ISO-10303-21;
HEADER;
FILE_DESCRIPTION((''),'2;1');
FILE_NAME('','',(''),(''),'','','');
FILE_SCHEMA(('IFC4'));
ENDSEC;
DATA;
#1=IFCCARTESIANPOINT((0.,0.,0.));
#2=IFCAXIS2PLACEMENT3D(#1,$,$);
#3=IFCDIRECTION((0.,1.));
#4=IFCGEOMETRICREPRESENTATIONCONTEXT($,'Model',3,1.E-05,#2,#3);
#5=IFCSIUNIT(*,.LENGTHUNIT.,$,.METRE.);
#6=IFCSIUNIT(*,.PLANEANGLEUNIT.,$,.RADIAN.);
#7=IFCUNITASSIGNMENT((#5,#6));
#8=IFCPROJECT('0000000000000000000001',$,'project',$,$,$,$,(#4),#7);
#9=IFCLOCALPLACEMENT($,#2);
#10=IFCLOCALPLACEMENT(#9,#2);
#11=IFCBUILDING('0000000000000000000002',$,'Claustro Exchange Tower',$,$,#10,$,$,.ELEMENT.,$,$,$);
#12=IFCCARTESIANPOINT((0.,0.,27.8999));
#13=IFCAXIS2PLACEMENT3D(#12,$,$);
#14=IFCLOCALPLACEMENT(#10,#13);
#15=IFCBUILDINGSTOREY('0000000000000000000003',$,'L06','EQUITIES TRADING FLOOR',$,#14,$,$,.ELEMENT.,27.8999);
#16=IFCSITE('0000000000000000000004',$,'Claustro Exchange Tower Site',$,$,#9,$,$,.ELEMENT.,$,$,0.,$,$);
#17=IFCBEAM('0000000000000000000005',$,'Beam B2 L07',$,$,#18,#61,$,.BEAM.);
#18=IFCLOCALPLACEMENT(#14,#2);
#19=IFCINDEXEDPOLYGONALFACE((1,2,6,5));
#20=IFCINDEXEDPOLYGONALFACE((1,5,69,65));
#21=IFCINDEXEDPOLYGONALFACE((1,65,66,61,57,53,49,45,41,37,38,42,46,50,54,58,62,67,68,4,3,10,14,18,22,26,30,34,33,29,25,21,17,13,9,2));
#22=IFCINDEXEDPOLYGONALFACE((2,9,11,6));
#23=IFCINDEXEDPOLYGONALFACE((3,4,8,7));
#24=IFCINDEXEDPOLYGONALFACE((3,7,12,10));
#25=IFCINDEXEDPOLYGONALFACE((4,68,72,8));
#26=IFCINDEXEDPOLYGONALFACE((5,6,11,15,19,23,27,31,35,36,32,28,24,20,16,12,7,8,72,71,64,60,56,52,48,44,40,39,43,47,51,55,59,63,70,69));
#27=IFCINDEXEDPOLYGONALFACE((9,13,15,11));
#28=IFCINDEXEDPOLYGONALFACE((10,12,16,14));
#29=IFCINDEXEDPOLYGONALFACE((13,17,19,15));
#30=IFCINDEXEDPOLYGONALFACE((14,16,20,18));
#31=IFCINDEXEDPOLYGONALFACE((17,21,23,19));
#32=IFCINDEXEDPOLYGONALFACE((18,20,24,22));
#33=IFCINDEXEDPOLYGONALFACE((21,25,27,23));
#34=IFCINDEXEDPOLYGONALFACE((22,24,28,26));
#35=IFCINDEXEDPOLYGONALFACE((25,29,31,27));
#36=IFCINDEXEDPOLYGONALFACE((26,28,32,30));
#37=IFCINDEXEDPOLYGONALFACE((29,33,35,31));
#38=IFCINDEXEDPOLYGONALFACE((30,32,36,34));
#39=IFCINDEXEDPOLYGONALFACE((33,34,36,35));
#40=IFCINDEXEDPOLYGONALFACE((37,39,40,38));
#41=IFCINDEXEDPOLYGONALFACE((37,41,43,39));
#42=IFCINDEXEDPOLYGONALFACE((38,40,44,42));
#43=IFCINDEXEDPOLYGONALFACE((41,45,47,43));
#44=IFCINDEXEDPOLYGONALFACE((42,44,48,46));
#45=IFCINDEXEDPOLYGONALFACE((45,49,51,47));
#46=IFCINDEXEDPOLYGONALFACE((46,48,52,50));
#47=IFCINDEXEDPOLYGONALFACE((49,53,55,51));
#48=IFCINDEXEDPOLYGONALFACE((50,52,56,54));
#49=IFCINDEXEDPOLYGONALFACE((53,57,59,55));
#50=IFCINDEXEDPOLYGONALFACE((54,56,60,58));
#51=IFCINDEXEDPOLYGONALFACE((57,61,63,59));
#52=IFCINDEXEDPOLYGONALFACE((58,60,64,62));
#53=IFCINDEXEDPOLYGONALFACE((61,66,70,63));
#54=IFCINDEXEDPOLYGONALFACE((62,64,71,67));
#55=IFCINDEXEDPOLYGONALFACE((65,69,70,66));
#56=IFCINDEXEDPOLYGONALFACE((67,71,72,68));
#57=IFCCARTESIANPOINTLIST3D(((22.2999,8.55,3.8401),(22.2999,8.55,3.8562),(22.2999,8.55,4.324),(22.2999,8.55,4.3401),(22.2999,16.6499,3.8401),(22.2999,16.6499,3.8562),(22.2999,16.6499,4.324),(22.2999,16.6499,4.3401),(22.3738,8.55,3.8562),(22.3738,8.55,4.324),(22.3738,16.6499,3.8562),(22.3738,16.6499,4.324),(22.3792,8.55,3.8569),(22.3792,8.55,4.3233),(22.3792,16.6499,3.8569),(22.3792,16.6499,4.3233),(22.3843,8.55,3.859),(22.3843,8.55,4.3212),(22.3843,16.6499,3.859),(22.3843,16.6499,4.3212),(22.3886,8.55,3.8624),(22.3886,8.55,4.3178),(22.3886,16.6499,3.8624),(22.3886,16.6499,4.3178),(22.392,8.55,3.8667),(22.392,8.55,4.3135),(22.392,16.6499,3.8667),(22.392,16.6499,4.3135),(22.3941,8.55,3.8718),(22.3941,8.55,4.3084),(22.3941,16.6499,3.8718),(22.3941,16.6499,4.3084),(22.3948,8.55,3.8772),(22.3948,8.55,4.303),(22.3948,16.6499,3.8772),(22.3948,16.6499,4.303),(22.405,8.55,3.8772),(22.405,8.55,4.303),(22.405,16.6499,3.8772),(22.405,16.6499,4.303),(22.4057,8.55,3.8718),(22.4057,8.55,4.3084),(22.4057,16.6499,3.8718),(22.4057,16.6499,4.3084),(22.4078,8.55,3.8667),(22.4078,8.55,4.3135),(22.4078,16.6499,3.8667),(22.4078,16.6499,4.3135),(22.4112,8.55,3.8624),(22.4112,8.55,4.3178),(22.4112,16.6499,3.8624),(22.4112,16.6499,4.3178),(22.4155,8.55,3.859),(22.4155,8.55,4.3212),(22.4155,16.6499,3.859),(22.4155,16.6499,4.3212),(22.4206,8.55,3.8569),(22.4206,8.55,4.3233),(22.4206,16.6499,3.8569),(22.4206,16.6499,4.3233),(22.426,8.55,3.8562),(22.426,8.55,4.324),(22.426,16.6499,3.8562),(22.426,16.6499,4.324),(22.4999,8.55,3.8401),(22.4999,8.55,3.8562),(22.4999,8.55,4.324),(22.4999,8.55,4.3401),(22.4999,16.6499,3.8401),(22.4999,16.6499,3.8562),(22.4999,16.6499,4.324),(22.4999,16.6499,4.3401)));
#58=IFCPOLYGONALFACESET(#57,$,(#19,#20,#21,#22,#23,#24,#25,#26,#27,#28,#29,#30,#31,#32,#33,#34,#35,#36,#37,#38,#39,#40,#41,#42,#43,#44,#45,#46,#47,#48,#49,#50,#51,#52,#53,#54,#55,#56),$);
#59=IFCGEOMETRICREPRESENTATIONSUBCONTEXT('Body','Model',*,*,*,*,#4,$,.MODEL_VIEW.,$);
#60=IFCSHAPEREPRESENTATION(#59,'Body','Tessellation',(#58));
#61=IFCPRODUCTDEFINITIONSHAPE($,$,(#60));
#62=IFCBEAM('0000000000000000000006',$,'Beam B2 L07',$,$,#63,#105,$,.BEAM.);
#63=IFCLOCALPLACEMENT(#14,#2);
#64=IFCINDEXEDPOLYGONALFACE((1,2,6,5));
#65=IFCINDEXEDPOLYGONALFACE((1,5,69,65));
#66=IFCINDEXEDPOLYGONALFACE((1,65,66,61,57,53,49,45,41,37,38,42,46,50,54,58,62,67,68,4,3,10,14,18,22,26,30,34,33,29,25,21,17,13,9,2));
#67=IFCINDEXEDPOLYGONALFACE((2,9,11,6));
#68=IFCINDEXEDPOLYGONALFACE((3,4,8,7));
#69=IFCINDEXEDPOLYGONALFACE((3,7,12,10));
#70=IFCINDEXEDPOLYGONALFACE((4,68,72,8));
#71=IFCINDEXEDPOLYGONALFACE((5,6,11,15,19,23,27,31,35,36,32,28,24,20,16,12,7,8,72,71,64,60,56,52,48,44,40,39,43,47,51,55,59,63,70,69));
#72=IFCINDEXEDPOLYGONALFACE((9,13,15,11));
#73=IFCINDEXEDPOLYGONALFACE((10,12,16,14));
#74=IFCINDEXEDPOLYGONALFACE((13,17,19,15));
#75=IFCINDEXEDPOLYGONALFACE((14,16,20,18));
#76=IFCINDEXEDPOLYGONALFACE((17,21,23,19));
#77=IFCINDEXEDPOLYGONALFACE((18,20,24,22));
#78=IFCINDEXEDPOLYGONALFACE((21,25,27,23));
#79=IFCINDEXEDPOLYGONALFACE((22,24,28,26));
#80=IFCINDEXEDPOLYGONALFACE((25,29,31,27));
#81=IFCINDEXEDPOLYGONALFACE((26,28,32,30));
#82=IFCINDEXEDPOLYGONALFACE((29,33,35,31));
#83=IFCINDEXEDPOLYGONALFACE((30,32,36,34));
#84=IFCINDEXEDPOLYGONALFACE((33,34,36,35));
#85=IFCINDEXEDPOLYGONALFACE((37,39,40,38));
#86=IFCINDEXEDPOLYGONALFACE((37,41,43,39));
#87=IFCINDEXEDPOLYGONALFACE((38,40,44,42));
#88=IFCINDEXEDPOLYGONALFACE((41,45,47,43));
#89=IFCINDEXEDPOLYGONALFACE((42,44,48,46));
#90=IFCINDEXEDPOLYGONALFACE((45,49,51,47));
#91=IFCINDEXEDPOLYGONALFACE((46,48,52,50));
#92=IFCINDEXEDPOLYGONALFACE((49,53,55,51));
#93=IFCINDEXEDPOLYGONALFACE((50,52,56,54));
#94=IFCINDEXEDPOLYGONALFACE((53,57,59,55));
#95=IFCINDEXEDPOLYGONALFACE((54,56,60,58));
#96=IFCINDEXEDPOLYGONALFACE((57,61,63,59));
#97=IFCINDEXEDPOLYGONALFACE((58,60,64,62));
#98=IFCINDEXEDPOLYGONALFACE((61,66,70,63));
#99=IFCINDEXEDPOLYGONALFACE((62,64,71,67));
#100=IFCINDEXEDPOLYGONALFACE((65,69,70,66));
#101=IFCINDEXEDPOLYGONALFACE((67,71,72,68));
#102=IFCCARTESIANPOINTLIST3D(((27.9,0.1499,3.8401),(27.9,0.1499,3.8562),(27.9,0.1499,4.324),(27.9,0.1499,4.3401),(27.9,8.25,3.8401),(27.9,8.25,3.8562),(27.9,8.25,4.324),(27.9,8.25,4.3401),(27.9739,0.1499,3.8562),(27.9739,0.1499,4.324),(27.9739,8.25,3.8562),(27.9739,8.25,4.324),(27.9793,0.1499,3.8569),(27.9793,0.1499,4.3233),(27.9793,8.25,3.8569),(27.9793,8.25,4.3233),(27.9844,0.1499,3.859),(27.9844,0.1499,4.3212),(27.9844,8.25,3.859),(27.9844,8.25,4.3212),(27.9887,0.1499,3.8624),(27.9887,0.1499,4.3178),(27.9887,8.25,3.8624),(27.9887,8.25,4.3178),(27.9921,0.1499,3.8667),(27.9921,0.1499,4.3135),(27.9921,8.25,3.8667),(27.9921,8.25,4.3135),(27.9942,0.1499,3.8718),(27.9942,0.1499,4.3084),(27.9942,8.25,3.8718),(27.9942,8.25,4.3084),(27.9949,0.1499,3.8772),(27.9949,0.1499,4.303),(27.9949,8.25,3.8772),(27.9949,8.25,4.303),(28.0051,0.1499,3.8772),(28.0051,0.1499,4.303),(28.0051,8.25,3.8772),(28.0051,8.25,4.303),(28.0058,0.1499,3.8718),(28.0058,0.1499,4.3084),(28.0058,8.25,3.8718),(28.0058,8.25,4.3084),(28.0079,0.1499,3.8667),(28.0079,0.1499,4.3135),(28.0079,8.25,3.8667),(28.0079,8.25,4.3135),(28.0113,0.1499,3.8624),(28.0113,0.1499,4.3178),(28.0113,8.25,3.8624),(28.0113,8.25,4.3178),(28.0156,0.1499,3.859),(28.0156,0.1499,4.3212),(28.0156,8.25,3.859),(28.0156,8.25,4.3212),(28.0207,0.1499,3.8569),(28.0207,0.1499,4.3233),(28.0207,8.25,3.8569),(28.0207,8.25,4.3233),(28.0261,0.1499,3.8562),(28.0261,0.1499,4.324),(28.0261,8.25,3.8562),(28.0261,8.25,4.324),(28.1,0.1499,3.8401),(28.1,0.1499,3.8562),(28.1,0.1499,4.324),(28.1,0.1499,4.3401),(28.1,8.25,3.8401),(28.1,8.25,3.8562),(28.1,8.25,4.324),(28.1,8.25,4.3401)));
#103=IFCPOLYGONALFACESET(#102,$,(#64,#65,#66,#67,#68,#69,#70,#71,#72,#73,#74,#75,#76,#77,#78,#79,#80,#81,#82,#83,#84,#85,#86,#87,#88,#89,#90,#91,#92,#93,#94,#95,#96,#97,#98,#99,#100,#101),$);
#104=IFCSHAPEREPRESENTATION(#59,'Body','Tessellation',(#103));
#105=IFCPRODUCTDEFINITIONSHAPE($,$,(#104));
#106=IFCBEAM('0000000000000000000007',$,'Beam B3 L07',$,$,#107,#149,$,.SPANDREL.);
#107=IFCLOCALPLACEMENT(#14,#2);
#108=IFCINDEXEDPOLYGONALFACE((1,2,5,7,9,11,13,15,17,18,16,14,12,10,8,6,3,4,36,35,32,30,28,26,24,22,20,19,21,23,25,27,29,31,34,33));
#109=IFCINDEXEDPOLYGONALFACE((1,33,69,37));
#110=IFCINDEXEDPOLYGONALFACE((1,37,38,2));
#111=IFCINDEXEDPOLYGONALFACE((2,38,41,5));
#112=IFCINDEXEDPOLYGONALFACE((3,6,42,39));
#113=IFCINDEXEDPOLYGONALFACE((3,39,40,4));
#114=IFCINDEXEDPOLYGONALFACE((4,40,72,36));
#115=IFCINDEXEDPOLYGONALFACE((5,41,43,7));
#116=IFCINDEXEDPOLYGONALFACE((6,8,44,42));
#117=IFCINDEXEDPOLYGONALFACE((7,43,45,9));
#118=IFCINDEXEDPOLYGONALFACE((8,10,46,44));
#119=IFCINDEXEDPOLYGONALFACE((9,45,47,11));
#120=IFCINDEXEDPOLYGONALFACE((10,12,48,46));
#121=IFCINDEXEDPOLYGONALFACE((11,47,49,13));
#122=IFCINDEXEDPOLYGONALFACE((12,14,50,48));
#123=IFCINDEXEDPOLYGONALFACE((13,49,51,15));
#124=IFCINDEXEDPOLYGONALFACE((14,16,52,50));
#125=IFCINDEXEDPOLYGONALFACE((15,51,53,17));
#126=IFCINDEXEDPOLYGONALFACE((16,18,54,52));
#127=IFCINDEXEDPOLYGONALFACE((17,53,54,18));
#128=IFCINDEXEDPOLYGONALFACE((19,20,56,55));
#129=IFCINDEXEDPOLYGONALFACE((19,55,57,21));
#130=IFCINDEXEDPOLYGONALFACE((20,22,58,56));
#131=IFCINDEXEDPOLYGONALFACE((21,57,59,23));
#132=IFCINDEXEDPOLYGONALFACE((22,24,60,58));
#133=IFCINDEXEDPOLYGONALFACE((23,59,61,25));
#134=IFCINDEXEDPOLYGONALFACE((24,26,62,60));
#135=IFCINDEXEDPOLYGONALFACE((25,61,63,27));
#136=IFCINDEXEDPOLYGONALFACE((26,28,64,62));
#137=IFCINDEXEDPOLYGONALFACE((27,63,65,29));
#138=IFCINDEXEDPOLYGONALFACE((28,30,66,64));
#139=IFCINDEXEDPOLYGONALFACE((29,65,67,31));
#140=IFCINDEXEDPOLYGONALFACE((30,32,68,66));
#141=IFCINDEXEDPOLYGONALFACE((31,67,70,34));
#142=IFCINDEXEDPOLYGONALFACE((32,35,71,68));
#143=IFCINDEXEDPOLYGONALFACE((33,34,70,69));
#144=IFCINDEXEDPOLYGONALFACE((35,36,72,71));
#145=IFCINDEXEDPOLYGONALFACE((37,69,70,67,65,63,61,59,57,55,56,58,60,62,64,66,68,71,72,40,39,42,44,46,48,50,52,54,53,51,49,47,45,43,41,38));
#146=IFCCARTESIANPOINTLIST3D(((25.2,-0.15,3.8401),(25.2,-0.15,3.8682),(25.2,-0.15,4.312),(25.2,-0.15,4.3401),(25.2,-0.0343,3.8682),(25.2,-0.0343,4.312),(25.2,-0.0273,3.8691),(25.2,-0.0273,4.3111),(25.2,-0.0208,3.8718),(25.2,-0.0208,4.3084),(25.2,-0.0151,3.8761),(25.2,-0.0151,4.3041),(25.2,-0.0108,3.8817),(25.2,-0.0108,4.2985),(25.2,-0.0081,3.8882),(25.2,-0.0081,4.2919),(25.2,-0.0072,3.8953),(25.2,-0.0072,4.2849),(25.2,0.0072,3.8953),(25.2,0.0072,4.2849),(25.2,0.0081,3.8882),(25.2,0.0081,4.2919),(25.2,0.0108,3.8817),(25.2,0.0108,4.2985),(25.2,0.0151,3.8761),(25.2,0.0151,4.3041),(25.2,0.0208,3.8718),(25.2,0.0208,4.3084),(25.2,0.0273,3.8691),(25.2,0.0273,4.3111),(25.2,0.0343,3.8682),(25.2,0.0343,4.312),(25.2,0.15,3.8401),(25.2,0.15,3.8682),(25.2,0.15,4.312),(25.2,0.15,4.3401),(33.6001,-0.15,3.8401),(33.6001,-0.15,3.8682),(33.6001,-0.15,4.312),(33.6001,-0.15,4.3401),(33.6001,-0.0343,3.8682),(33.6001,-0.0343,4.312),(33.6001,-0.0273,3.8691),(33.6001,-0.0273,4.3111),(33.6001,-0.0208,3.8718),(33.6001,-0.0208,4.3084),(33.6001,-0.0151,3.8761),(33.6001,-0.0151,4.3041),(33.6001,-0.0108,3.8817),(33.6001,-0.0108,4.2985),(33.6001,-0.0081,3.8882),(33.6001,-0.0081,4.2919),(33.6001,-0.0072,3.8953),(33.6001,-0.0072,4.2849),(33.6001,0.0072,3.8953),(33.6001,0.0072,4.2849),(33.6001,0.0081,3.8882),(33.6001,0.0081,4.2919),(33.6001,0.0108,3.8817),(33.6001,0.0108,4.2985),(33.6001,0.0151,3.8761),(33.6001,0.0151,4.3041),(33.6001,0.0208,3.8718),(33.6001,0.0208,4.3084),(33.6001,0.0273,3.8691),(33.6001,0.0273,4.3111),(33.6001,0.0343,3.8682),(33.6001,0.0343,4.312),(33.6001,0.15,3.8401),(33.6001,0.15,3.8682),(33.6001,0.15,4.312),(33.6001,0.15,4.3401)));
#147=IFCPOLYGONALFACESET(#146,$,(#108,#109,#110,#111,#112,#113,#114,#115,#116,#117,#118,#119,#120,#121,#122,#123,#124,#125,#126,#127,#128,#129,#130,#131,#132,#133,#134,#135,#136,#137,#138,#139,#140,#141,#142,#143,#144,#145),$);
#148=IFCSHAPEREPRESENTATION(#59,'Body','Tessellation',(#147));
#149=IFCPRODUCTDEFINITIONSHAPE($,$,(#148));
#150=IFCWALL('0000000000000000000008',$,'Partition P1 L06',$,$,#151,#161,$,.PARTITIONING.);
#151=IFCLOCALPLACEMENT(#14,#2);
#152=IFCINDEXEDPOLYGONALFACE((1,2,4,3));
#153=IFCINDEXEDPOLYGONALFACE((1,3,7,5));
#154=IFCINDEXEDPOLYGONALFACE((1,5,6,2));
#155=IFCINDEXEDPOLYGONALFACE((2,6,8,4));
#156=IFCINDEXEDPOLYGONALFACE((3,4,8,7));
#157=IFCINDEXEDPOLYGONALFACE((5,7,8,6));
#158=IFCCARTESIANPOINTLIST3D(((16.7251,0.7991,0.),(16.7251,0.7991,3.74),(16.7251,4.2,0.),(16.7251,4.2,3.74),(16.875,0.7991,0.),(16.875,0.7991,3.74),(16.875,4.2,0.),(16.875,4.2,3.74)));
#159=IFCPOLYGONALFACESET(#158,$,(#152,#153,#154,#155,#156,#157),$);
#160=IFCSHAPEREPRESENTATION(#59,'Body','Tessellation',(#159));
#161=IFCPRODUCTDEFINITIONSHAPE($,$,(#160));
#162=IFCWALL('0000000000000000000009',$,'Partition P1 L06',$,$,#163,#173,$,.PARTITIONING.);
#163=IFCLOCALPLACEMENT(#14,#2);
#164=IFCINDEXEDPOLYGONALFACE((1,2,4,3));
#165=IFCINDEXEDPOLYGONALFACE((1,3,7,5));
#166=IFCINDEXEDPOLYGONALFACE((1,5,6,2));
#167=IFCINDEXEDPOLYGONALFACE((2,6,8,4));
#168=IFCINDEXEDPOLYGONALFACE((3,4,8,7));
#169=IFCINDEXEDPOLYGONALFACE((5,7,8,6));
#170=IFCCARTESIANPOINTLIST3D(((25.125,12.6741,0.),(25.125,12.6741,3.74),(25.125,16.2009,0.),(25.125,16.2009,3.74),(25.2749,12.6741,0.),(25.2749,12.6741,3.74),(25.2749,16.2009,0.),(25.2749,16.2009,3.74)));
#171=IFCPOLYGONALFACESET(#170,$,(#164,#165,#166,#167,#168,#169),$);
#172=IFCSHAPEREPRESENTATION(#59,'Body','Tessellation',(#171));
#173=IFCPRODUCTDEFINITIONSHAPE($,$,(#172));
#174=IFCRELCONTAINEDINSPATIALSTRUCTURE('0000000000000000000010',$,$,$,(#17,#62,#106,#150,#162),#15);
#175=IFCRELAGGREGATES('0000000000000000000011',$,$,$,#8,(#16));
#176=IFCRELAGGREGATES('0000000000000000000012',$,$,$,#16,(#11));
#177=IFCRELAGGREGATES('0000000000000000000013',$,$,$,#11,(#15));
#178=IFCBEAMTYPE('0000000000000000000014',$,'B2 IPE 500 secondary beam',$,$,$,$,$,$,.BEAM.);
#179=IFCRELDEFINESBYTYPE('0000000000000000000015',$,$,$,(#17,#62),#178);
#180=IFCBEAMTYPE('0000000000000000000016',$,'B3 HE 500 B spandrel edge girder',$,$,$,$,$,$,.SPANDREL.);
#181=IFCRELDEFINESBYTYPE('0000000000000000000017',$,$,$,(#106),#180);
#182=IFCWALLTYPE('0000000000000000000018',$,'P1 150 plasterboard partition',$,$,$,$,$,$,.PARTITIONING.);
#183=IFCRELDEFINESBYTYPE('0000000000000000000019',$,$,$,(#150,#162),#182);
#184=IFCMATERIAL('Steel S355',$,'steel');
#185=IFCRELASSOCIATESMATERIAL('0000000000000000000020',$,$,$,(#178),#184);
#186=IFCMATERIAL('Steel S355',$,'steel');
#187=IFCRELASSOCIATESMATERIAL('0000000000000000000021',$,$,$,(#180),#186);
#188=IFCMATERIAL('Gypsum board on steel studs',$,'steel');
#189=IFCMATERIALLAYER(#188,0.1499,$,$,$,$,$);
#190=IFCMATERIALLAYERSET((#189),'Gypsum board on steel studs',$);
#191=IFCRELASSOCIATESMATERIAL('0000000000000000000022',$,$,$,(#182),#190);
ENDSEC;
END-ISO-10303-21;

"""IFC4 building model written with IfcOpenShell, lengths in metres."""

from ifc_helpers import new_model, si_unit, direction, frame, frame_2d, origin, origin_2d, place, context, subcontext, project, spatial, rectangle, i_section, extrude, material, layer, layer_set, material_profile, profile_set, type_object, element, save


model = new_model("IFC4")

# Units and contexts
model_context = context("Model", 3, precision=1e-05, world=origin(), true_north=direction((0.0, 1.0)))
body_context = subcontext(model_context, "Body", "Model", "MODEL_VIEW")
ifc_project = project(units=[si_unit("LENGTHUNIT", "METRE"), si_unit("PLANEANGLEUNIT", "RADIAN")], contexts=[model_context])

# Site, building, storey
site_placement = place(None, origin())
site = spatial("IfcSite", under=ifc_project, at=site_placement, Name="Claustro Exchange Tower Site", CompositionType="ELEMENT", RefElevation=0.0)
building_placement = place(site_placement, origin())
building = spatial("IfcBuilding", under=site, at=building_placement, Name="Claustro Exchange Tower", CompositionType="ELEMENT")
storey_placement = place(building_placement, frame((0.0, 0.0, 27.8999)))
storey = spatial("IfcBuildingStorey", under=building, at=storey_placement, Name="L06", Description="EQUITIES TRADING FLOOR", CompositionType="ELEMENT", Elevation=27.8999)

# Beams
ifc_material_1 = material(Name="Steel S355", Category="steel")
ifc_material_profile_1 = material_profile(ifc_material_1, i_section(OverallWidth=0.2, OverallDepth=0.5, WebThickness=0.0103, FlangeThickness=0.0161, FilletRadius=0.021, at=origin_2d()), Name="IPE 500")
ifc_profile_set_1 = profile_set([ifc_material_profile_1], Name="Steel S355")
beam_type_1 = type_object("IfcBeamType", Name="B2 IPE 500 secondary beam", PredefinedType="BEAM", material=ifc_profile_set_1)
for number, where, z_axis, x_axis, name in (
    (1, (22.3999, 8.55, 4.0901), (0.0, 1.0, 0.0), (-1.0, 0.0, 0.0), "Beam B2 L07"),
):
    element("IfcBeam", number, at=place(storey_placement, frame(where, z_axis=z_axis, x_axis=x_axis)), inside=storey, type_object=beam_type_1, Name=name, PredefinedType="BEAM", context=body_context, shape_type="SweptSolid", body=[
        extrude(i_section(OverallWidth=0.2, OverallDepth=0.5, WebThickness=0.0103, FlangeThickness=0.0161, FilletRadius=0.021, at=origin_2d()), origin(), (0.0, 0.0, 1.0), 8.0999),
    ])
beam_1_placement = place(storey_placement, frame((28.0, 0.1499, 4.0901), z_axis=(0.0, 1.0, 0.0), x_axis=(-1.0, 0.0, 0.0)))
element("IfcBeam", 2, at=beam_1_placement, inside=storey, type_object=beam_type_1, Name="Beam B2 L07", PredefinedType="BEAM", context=body_context, shape_type="SweptSolid", body=[
    extrude(i_section(OverallWidth=0.2, OverallDepth=0.5, WebThickness=0.0103, FlangeThickness=0.0161, FilletRadius=0.021, at=origin_2d()), origin(), (0.0, 0.0, 1.0), 8.1001),
])
ifc_material_2 = material(Name="Steel S355", Category="steel")
ifc_material_profile_2 = material_profile(ifc_material_2, i_section(OverallWidth=0.3, OverallDepth=0.5, WebThickness=0.0144, FlangeThickness=0.0281, FilletRadius=0.0271, at=origin_2d()), Name="HE 500 B")
ifc_profile_set_2 = profile_set([ifc_material_profile_2], Name="Steel S355")
beam_type_2 = type_object("IfcBeamType", Name="B3 HE 500 B spandrel edge girder", PredefinedType="SPANDREL", material=ifc_profile_set_2)
beam_2_placement = place(storey_placement, frame((25.2, 0.0, 4.0901), z_axis=(1.0, 0.0, 0.0), x_axis=(0.0, 1.0, 0.0)))
element("IfcBeam", 3, at=beam_2_placement, inside=storey, type_object=beam_type_2, Name="Beam B3 L07", PredefinedType="SPANDREL", context=body_context, shape_type="SweptSolid", body=[
    extrude(i_section(OverallWidth=0.3, OverallDepth=0.5, WebThickness=0.0144, FlangeThickness=0.0281, FilletRadius=0.0271, at=origin_2d()), origin(), (0.0, 0.0, 1.0), 8.4001),
])

# Walls
ifc_material_3 = material(Name="Gypsum board on steel studs", Category="steel")
ifc_layer_1 = layer(ifc_material_3, 0.1499)
ifc_layer_set_1 = layer_set([ifc_layer_1], Name="Gypsum board on steel studs")
wall_type_1 = type_object("IfcWallType", Name="P1 150 plasterboard partition", PredefinedType="PARTITIONING", material=ifc_layer_set_1)
wall_1_placement = place(storey_placement, frame((16.8, 0.7991, 0.0), z_axis=(0.0, 0.0, 1.0), x_axis=(0.0, 1.0, 0.0)))
element("IfcWall", 4, at=wall_1_placement, inside=storey, type_object=wall_type_1, Name="Partition P1 L06", PredefinedType="PARTITIONING", context=body_context, shape_type="SweptSolid", body=[
    extrude(rectangle(XDim=3.4009, YDim=0.1499, at=frame_2d((1.7004, 0.0))), origin(), (0.0, 0.0, 1.0), 3.74),
])
wall_2_placement = place(storey_placement, frame((25.2, 12.6741, 0.0), z_axis=(0.0, 0.0, 1.0), x_axis=(0.0, 1.0, 0.0)))
element("IfcWall", 5, at=wall_2_placement, inside=storey, type_object=wall_type_1, Name="Partition P1 L06", PredefinedType="PARTITIONING", context=body_context, shape_type="SweptSolid", body=[
    extrude(rectangle(XDim=3.5269, YDim=0.1499, at=frame_2d((1.7634, 0.0))), origin(), (0.0, 0.0, 1.0), 3.74),
])

save(model, "model.ifc")
